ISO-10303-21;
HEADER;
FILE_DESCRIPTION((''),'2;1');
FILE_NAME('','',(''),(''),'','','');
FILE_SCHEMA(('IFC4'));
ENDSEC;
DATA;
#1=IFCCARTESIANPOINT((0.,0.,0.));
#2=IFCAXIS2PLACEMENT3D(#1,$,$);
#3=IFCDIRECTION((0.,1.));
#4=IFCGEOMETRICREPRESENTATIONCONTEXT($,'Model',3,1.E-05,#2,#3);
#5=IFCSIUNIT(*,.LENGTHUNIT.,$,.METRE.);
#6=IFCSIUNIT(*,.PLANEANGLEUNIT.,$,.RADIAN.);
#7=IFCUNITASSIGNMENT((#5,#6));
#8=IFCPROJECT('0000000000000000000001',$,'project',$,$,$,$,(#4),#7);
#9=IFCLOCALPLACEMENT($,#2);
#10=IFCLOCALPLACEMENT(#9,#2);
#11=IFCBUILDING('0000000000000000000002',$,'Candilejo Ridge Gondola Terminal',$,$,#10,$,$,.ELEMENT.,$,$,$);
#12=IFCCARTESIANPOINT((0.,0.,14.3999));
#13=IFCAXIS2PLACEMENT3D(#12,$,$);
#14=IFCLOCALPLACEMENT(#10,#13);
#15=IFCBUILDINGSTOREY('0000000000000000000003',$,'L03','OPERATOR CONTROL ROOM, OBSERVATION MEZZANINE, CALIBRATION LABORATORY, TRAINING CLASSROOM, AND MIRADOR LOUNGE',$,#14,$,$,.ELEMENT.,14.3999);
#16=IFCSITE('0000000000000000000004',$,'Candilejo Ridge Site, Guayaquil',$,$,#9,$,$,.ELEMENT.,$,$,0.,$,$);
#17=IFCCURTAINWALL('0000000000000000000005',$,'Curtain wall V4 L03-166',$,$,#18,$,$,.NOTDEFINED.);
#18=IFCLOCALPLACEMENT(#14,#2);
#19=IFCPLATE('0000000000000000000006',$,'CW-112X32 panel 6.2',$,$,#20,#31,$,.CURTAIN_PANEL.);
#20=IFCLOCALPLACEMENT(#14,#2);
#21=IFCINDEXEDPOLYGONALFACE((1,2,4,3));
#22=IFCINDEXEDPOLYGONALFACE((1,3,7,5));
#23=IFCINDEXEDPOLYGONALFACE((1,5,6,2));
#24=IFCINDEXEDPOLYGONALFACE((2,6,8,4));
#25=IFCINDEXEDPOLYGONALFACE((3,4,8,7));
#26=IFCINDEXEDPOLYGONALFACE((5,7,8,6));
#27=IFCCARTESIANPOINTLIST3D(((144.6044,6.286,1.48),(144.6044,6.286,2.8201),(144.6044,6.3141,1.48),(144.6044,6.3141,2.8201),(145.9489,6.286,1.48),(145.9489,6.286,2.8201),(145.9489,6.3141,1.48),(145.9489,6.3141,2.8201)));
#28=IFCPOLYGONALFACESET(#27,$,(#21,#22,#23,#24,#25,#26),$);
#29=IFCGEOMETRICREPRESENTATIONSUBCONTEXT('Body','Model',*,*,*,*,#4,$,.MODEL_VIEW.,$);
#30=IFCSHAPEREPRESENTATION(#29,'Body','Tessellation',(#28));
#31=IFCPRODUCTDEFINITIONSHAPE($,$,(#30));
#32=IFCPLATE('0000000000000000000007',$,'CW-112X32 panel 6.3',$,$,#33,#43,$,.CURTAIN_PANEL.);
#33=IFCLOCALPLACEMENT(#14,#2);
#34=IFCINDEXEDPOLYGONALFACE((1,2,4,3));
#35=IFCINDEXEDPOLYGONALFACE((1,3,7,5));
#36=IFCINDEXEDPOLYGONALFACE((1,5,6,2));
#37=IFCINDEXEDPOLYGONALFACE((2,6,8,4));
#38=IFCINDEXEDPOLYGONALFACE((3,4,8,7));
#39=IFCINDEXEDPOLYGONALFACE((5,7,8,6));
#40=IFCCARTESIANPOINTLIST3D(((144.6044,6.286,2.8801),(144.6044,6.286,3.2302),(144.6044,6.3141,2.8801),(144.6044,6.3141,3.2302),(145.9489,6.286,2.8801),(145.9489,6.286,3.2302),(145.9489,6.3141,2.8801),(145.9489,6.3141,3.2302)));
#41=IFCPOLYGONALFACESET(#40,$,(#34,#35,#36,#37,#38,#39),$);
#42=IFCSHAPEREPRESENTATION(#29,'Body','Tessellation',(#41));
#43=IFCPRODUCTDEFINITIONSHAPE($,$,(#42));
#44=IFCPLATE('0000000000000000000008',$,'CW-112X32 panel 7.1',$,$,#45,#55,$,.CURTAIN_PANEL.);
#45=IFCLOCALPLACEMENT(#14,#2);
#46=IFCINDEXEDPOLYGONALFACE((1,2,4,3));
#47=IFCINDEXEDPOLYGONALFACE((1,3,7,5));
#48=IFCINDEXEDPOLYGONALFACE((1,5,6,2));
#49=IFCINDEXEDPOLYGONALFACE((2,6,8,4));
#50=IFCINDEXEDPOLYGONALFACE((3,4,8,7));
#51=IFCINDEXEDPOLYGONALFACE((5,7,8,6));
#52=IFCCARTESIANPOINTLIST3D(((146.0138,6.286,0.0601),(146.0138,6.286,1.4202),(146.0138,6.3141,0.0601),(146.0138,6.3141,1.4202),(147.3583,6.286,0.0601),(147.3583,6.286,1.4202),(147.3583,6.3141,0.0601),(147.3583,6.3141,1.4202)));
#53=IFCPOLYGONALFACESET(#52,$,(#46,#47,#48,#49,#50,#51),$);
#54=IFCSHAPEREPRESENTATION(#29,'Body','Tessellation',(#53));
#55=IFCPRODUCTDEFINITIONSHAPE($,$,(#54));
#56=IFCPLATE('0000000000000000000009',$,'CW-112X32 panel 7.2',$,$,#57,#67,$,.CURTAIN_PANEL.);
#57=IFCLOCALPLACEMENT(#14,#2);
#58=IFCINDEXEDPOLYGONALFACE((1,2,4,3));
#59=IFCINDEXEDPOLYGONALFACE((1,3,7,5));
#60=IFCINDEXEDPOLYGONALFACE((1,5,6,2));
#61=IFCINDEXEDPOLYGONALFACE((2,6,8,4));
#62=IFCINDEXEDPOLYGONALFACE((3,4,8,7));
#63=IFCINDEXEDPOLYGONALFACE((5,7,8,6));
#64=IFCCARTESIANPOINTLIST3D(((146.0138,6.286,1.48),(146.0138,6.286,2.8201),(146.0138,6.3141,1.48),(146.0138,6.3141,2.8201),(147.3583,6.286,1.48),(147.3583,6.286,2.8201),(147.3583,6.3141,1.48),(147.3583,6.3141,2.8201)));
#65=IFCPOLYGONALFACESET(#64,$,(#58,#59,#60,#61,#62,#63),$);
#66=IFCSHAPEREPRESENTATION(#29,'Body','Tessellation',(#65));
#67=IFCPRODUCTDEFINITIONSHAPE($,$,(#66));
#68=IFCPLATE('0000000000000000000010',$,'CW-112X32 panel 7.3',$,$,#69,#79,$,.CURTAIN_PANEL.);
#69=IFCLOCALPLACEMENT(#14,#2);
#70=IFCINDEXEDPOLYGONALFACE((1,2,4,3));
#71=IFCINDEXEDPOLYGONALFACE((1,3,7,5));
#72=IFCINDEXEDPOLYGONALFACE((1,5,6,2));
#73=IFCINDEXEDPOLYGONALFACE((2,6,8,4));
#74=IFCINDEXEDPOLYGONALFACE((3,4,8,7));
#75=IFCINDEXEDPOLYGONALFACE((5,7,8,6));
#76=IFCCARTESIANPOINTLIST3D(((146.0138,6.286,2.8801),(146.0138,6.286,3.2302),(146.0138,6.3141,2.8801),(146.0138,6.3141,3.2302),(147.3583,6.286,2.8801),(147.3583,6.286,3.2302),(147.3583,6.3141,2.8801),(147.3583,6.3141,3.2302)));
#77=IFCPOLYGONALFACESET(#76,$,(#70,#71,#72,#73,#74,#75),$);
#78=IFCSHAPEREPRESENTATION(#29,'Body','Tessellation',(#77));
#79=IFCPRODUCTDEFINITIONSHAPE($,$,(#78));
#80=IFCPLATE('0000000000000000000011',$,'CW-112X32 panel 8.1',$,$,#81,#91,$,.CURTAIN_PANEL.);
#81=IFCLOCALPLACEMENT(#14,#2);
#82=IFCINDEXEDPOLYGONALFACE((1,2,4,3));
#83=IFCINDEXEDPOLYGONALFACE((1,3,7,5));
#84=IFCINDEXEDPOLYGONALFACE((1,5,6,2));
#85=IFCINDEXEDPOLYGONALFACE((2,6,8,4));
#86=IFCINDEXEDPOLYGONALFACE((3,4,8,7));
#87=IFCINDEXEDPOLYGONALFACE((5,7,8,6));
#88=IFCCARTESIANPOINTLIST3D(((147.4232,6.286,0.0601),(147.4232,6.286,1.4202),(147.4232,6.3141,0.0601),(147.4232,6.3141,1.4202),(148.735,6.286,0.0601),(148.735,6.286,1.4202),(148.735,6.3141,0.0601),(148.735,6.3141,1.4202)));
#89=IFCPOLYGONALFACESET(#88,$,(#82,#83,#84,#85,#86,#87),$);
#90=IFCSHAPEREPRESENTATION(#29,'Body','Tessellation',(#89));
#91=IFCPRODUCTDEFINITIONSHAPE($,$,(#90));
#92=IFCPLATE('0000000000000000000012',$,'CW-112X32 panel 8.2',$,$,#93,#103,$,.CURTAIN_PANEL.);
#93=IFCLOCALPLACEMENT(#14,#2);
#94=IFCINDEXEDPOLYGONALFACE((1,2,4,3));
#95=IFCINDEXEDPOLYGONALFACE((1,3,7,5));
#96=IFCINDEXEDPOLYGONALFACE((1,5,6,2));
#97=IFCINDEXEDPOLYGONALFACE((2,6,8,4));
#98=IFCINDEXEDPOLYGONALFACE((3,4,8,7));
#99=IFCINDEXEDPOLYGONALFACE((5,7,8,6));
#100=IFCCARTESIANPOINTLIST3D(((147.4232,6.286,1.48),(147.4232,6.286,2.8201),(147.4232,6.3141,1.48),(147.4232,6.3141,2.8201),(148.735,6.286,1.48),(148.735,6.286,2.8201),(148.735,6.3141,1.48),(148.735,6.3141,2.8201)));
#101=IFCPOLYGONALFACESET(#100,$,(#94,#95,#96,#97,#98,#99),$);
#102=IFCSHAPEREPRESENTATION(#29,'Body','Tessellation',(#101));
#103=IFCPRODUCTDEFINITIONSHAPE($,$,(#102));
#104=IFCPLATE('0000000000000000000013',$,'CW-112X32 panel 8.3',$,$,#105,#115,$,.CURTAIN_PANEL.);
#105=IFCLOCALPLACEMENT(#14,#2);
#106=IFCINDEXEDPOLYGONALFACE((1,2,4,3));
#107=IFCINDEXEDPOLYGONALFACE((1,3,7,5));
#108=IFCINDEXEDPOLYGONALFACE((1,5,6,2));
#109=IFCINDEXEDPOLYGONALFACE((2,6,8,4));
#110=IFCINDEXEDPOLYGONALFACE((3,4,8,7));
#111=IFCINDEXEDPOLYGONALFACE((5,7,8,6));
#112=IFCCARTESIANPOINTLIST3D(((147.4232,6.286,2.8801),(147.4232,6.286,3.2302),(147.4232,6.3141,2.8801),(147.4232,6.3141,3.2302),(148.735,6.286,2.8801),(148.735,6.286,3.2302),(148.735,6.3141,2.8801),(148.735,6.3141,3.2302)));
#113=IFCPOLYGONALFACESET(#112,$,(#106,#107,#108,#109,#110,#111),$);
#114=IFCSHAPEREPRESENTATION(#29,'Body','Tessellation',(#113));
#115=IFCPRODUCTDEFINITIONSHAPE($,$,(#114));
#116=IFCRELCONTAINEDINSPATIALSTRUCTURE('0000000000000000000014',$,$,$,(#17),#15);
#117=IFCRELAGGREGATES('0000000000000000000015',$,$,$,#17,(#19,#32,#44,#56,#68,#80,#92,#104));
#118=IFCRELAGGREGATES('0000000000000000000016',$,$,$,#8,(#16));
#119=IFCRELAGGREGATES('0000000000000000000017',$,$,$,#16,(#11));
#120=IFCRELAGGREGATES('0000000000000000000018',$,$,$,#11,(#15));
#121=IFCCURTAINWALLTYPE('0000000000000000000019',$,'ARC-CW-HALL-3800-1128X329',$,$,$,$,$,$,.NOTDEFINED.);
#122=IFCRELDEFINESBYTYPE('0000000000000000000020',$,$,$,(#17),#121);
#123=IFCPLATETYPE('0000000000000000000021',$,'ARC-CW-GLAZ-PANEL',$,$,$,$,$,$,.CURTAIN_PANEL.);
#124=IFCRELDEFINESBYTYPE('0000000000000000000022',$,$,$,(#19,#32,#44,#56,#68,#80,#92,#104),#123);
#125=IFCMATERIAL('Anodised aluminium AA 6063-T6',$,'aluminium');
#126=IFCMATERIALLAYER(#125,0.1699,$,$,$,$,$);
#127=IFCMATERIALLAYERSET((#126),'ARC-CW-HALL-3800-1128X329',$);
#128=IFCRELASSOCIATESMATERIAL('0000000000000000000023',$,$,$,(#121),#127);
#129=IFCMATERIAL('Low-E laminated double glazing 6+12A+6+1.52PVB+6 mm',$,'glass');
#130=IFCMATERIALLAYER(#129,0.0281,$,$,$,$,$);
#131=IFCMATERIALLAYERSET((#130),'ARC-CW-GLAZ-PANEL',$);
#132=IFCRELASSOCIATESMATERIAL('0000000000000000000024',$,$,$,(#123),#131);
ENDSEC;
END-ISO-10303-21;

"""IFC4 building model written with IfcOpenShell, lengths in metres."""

from ifc_helpers import new_model, si_unit, direction, frame, origin, origin_2d, place, context, subcontext, project, spatial, rectangle, extrude, material, layer, layer_set, type_object, element, aggregate, save


model = new_model("IFC4")

# Units and contexts
model_context = context("Model", 3, precision=1e-05, world=origin(), true_north=direction((0.0, 1.0)))
body_context = subcontext(model_context, "Body", "Model", "MODEL_VIEW")
ifc_project = project(units=[si_unit("LENGTHUNIT", "METRE"), si_unit("PLANEANGLEUNIT", "RADIAN")], contexts=[model_context])

# Site, building, storey
site_placement = place(None, origin())
site = spatial("IfcSite", under=ifc_project, at=site_placement, Name="Candilejo Ridge Site, Guayaquil", CompositionType="ELEMENT", RefElevation=0.0)
building_placement = place(site_placement, origin())
building = spatial("IfcBuilding", under=site, at=building_placement, Name="Candilejo Ridge Gondola Terminal", CompositionType="ELEMENT")
storey_placement = place(building_placement, frame((0.0, 0.0, 14.3999)))
storey = spatial("IfcBuildingStorey", under=building, at=storey_placement, Name="L03", Description="OPERATOR CONTROL ROOM, OBSERVATION MEZZANINE, CALIBRATION LABORATORY, TRAINING CLASSROOM, AND MIRADOR LOUNGE", CompositionType="ELEMENT", Elevation=14.3999)

# Curtain wall, plates
ifc_material_1 = material(Name="Anodised aluminium AA 6063-T6", Category="aluminium")
ifc_layer_1 = layer(ifc_material_1, 0.1699)
ifc_layer_set_1 = layer_set([ifc_layer_1], Name="ARC-CW-HALL-3800-1128X329")
curtain_wall_type = type_object("IfcCurtainWallType", Name="ARC-CW-HALL-3800-1128X329", PredefinedType="NOTDEFINED", material=ifc_layer_set_1)
curtain_wall_placement = place(storey_placement, origin())
curtain_wall = element("IfcCurtainWall", 1, at=curtain_wall_placement, inside=storey, type_object=curtain_wall_type, Name="Curtain wall V4 L03-166", PredefinedType="NOTDEFINED")
ifc_material_2 = material(Name="Low-E laminated double glazing 6+12A+6+1.52PVB+6 mm", Category="glass")
ifc_layer_2 = layer(ifc_material_2, 0.0281)
ifc_layer_set_2 = layer_set([ifc_layer_2], Name="ARC-CW-GLAZ-PANEL")
plate_type = type_object("IfcPlateType", Name="ARC-CW-GLAZ-PANEL", PredefinedType="CURTAIN_PANEL", material=ifc_layer_set_2)
plate_1_placement = place(storey_placement, frame((145.2766, 6.3, 1.48), z_axis=(0.0, 0.0, 1.0), x_axis=(1.0, 0.0, 0.0)))
plate_1 = element("IfcPlate", 2, at=plate_1_placement, type_object=plate_type, Name="CW-112X32 panel 6.2", PredefinedType="CURTAIN_PANEL", context=body_context, shape_type="SweptSolid", body=[
    extrude(rectangle(XDim=1.3445, YDim=0.0281, at=origin_2d()), origin(), (0.0, 0.0, 1.0), 1.3401),
])
plate_2_placement = place(storey_placement, frame((145.2766, 6.3, 2.8801), z_axis=(0.0, 0.0, 1.0), x_axis=(1.0, 0.0, 0.0)))
plate_2 = element("IfcPlate", 3, at=plate_2_placement, type_object=plate_type, Name="CW-112X32 panel 6.3", PredefinedType="CURTAIN_PANEL", context=body_context, shape_type="SweptSolid", body=[
    extrude(rectangle(XDim=1.3445, YDim=0.0281, at=origin_2d()), origin(), (0.0, 0.0, 1.0), 0.3501),
])
plate_3_placement = place(storey_placement, frame((146.686, 6.3, 0.0601), z_axis=(0.0, 0.0, 1.0), x_axis=(1.0, 0.0, 0.0)))
plate_3 = element("IfcPlate", 4, at=plate_3_placement, type_object=plate_type, Name="CW-112X32 panel 7.1", PredefinedType="CURTAIN_PANEL", context=body_context, shape_type="SweptSolid", body=[
    extrude(rectangle(XDim=1.3445, YDim=0.0281, at=origin_2d()), origin(), (0.0, 0.0, 1.0), 1.3601),
])
plate_4_placement = place(storey_placement, frame((146.686, 6.3, 1.48), z_axis=(0.0, 0.0, 1.0), x_axis=(1.0, 0.0, 0.0)))
plate_4 = element("IfcPlate", 5, at=plate_4_placement, type_object=plate_type, Name="CW-112X32 panel 7.2", PredefinedType="CURTAIN_PANEL", context=body_context, shape_type="SweptSolid", body=[
    extrude(rectangle(XDim=1.3445, YDim=0.0281, at=origin_2d()), origin(), (0.0, 0.0, 1.0), 1.3401),
])
plate_5_placement = place(storey_placement, frame((146.686, 6.3, 2.8801), z_axis=(0.0, 0.0, 1.0), x_axis=(1.0, 0.0, 0.0)))
plate_5 = element("IfcPlate", 6, at=plate_5_placement, type_object=plate_type, Name="CW-112X32 panel 7.3", PredefinedType="CURTAIN_PANEL", context=body_context, shape_type="SweptSolid", body=[
    extrude(rectangle(XDim=1.3445, YDim=0.0281, at=origin_2d()), origin(), (0.0, 0.0, 1.0), 0.3501),
])
plate_6_placement = place(storey_placement, frame((148.0791, 6.3, 0.0601), z_axis=(0.0, 0.0, 1.0), x_axis=(1.0, 0.0, 0.0)))
plate_6 = element("IfcPlate", 7, at=plate_6_placement, type_object=plate_type, Name="CW-112X32 panel 8.1", PredefinedType="CURTAIN_PANEL", context=body_context, shape_type="SweptSolid", body=[
    extrude(rectangle(XDim=1.3118, YDim=0.0281, at=origin_2d()), origin(), (0.0, 0.0, 1.0), 1.3601),
])
plate_7_placement = place(storey_placement, frame((148.0791, 6.3, 1.48), z_axis=(0.0, 0.0, 1.0), x_axis=(1.0, 0.0, 0.0)))
plate_7 = element("IfcPlate", 8, at=plate_7_placement, type_object=plate_type, Name="CW-112X32 panel 8.2", PredefinedType="CURTAIN_PANEL", context=body_context, shape_type="SweptSolid", body=[
    extrude(rectangle(XDim=1.3118, YDim=0.0281, at=origin_2d()), origin(), (0.0, 0.0, 1.0), 1.3401),
])
plate_8_placement = place(storey_placement, frame((148.0791, 6.3, 2.8801), z_axis=(0.0, 0.0, 1.0), x_axis=(1.0, 0.0, 0.0)))
plate_8 = element("IfcPlate", 9, at=plate_8_placement, type_object=plate_type, Name="CW-112X32 panel 8.3", PredefinedType="CURTAIN_PANEL", context=body_context, shape_type="SweptSolid", body=[
    extrude(rectangle(XDim=1.3118, YDim=0.0281, at=origin_2d()), origin(), (0.0, 0.0, 1.0), 0.3501),
])
aggregate(curtain_wall, [plate_1, plate_2, plate_3, plate_4, plate_5, plate_6, plate_7, plate_8])

save(model, "model.ifc")
